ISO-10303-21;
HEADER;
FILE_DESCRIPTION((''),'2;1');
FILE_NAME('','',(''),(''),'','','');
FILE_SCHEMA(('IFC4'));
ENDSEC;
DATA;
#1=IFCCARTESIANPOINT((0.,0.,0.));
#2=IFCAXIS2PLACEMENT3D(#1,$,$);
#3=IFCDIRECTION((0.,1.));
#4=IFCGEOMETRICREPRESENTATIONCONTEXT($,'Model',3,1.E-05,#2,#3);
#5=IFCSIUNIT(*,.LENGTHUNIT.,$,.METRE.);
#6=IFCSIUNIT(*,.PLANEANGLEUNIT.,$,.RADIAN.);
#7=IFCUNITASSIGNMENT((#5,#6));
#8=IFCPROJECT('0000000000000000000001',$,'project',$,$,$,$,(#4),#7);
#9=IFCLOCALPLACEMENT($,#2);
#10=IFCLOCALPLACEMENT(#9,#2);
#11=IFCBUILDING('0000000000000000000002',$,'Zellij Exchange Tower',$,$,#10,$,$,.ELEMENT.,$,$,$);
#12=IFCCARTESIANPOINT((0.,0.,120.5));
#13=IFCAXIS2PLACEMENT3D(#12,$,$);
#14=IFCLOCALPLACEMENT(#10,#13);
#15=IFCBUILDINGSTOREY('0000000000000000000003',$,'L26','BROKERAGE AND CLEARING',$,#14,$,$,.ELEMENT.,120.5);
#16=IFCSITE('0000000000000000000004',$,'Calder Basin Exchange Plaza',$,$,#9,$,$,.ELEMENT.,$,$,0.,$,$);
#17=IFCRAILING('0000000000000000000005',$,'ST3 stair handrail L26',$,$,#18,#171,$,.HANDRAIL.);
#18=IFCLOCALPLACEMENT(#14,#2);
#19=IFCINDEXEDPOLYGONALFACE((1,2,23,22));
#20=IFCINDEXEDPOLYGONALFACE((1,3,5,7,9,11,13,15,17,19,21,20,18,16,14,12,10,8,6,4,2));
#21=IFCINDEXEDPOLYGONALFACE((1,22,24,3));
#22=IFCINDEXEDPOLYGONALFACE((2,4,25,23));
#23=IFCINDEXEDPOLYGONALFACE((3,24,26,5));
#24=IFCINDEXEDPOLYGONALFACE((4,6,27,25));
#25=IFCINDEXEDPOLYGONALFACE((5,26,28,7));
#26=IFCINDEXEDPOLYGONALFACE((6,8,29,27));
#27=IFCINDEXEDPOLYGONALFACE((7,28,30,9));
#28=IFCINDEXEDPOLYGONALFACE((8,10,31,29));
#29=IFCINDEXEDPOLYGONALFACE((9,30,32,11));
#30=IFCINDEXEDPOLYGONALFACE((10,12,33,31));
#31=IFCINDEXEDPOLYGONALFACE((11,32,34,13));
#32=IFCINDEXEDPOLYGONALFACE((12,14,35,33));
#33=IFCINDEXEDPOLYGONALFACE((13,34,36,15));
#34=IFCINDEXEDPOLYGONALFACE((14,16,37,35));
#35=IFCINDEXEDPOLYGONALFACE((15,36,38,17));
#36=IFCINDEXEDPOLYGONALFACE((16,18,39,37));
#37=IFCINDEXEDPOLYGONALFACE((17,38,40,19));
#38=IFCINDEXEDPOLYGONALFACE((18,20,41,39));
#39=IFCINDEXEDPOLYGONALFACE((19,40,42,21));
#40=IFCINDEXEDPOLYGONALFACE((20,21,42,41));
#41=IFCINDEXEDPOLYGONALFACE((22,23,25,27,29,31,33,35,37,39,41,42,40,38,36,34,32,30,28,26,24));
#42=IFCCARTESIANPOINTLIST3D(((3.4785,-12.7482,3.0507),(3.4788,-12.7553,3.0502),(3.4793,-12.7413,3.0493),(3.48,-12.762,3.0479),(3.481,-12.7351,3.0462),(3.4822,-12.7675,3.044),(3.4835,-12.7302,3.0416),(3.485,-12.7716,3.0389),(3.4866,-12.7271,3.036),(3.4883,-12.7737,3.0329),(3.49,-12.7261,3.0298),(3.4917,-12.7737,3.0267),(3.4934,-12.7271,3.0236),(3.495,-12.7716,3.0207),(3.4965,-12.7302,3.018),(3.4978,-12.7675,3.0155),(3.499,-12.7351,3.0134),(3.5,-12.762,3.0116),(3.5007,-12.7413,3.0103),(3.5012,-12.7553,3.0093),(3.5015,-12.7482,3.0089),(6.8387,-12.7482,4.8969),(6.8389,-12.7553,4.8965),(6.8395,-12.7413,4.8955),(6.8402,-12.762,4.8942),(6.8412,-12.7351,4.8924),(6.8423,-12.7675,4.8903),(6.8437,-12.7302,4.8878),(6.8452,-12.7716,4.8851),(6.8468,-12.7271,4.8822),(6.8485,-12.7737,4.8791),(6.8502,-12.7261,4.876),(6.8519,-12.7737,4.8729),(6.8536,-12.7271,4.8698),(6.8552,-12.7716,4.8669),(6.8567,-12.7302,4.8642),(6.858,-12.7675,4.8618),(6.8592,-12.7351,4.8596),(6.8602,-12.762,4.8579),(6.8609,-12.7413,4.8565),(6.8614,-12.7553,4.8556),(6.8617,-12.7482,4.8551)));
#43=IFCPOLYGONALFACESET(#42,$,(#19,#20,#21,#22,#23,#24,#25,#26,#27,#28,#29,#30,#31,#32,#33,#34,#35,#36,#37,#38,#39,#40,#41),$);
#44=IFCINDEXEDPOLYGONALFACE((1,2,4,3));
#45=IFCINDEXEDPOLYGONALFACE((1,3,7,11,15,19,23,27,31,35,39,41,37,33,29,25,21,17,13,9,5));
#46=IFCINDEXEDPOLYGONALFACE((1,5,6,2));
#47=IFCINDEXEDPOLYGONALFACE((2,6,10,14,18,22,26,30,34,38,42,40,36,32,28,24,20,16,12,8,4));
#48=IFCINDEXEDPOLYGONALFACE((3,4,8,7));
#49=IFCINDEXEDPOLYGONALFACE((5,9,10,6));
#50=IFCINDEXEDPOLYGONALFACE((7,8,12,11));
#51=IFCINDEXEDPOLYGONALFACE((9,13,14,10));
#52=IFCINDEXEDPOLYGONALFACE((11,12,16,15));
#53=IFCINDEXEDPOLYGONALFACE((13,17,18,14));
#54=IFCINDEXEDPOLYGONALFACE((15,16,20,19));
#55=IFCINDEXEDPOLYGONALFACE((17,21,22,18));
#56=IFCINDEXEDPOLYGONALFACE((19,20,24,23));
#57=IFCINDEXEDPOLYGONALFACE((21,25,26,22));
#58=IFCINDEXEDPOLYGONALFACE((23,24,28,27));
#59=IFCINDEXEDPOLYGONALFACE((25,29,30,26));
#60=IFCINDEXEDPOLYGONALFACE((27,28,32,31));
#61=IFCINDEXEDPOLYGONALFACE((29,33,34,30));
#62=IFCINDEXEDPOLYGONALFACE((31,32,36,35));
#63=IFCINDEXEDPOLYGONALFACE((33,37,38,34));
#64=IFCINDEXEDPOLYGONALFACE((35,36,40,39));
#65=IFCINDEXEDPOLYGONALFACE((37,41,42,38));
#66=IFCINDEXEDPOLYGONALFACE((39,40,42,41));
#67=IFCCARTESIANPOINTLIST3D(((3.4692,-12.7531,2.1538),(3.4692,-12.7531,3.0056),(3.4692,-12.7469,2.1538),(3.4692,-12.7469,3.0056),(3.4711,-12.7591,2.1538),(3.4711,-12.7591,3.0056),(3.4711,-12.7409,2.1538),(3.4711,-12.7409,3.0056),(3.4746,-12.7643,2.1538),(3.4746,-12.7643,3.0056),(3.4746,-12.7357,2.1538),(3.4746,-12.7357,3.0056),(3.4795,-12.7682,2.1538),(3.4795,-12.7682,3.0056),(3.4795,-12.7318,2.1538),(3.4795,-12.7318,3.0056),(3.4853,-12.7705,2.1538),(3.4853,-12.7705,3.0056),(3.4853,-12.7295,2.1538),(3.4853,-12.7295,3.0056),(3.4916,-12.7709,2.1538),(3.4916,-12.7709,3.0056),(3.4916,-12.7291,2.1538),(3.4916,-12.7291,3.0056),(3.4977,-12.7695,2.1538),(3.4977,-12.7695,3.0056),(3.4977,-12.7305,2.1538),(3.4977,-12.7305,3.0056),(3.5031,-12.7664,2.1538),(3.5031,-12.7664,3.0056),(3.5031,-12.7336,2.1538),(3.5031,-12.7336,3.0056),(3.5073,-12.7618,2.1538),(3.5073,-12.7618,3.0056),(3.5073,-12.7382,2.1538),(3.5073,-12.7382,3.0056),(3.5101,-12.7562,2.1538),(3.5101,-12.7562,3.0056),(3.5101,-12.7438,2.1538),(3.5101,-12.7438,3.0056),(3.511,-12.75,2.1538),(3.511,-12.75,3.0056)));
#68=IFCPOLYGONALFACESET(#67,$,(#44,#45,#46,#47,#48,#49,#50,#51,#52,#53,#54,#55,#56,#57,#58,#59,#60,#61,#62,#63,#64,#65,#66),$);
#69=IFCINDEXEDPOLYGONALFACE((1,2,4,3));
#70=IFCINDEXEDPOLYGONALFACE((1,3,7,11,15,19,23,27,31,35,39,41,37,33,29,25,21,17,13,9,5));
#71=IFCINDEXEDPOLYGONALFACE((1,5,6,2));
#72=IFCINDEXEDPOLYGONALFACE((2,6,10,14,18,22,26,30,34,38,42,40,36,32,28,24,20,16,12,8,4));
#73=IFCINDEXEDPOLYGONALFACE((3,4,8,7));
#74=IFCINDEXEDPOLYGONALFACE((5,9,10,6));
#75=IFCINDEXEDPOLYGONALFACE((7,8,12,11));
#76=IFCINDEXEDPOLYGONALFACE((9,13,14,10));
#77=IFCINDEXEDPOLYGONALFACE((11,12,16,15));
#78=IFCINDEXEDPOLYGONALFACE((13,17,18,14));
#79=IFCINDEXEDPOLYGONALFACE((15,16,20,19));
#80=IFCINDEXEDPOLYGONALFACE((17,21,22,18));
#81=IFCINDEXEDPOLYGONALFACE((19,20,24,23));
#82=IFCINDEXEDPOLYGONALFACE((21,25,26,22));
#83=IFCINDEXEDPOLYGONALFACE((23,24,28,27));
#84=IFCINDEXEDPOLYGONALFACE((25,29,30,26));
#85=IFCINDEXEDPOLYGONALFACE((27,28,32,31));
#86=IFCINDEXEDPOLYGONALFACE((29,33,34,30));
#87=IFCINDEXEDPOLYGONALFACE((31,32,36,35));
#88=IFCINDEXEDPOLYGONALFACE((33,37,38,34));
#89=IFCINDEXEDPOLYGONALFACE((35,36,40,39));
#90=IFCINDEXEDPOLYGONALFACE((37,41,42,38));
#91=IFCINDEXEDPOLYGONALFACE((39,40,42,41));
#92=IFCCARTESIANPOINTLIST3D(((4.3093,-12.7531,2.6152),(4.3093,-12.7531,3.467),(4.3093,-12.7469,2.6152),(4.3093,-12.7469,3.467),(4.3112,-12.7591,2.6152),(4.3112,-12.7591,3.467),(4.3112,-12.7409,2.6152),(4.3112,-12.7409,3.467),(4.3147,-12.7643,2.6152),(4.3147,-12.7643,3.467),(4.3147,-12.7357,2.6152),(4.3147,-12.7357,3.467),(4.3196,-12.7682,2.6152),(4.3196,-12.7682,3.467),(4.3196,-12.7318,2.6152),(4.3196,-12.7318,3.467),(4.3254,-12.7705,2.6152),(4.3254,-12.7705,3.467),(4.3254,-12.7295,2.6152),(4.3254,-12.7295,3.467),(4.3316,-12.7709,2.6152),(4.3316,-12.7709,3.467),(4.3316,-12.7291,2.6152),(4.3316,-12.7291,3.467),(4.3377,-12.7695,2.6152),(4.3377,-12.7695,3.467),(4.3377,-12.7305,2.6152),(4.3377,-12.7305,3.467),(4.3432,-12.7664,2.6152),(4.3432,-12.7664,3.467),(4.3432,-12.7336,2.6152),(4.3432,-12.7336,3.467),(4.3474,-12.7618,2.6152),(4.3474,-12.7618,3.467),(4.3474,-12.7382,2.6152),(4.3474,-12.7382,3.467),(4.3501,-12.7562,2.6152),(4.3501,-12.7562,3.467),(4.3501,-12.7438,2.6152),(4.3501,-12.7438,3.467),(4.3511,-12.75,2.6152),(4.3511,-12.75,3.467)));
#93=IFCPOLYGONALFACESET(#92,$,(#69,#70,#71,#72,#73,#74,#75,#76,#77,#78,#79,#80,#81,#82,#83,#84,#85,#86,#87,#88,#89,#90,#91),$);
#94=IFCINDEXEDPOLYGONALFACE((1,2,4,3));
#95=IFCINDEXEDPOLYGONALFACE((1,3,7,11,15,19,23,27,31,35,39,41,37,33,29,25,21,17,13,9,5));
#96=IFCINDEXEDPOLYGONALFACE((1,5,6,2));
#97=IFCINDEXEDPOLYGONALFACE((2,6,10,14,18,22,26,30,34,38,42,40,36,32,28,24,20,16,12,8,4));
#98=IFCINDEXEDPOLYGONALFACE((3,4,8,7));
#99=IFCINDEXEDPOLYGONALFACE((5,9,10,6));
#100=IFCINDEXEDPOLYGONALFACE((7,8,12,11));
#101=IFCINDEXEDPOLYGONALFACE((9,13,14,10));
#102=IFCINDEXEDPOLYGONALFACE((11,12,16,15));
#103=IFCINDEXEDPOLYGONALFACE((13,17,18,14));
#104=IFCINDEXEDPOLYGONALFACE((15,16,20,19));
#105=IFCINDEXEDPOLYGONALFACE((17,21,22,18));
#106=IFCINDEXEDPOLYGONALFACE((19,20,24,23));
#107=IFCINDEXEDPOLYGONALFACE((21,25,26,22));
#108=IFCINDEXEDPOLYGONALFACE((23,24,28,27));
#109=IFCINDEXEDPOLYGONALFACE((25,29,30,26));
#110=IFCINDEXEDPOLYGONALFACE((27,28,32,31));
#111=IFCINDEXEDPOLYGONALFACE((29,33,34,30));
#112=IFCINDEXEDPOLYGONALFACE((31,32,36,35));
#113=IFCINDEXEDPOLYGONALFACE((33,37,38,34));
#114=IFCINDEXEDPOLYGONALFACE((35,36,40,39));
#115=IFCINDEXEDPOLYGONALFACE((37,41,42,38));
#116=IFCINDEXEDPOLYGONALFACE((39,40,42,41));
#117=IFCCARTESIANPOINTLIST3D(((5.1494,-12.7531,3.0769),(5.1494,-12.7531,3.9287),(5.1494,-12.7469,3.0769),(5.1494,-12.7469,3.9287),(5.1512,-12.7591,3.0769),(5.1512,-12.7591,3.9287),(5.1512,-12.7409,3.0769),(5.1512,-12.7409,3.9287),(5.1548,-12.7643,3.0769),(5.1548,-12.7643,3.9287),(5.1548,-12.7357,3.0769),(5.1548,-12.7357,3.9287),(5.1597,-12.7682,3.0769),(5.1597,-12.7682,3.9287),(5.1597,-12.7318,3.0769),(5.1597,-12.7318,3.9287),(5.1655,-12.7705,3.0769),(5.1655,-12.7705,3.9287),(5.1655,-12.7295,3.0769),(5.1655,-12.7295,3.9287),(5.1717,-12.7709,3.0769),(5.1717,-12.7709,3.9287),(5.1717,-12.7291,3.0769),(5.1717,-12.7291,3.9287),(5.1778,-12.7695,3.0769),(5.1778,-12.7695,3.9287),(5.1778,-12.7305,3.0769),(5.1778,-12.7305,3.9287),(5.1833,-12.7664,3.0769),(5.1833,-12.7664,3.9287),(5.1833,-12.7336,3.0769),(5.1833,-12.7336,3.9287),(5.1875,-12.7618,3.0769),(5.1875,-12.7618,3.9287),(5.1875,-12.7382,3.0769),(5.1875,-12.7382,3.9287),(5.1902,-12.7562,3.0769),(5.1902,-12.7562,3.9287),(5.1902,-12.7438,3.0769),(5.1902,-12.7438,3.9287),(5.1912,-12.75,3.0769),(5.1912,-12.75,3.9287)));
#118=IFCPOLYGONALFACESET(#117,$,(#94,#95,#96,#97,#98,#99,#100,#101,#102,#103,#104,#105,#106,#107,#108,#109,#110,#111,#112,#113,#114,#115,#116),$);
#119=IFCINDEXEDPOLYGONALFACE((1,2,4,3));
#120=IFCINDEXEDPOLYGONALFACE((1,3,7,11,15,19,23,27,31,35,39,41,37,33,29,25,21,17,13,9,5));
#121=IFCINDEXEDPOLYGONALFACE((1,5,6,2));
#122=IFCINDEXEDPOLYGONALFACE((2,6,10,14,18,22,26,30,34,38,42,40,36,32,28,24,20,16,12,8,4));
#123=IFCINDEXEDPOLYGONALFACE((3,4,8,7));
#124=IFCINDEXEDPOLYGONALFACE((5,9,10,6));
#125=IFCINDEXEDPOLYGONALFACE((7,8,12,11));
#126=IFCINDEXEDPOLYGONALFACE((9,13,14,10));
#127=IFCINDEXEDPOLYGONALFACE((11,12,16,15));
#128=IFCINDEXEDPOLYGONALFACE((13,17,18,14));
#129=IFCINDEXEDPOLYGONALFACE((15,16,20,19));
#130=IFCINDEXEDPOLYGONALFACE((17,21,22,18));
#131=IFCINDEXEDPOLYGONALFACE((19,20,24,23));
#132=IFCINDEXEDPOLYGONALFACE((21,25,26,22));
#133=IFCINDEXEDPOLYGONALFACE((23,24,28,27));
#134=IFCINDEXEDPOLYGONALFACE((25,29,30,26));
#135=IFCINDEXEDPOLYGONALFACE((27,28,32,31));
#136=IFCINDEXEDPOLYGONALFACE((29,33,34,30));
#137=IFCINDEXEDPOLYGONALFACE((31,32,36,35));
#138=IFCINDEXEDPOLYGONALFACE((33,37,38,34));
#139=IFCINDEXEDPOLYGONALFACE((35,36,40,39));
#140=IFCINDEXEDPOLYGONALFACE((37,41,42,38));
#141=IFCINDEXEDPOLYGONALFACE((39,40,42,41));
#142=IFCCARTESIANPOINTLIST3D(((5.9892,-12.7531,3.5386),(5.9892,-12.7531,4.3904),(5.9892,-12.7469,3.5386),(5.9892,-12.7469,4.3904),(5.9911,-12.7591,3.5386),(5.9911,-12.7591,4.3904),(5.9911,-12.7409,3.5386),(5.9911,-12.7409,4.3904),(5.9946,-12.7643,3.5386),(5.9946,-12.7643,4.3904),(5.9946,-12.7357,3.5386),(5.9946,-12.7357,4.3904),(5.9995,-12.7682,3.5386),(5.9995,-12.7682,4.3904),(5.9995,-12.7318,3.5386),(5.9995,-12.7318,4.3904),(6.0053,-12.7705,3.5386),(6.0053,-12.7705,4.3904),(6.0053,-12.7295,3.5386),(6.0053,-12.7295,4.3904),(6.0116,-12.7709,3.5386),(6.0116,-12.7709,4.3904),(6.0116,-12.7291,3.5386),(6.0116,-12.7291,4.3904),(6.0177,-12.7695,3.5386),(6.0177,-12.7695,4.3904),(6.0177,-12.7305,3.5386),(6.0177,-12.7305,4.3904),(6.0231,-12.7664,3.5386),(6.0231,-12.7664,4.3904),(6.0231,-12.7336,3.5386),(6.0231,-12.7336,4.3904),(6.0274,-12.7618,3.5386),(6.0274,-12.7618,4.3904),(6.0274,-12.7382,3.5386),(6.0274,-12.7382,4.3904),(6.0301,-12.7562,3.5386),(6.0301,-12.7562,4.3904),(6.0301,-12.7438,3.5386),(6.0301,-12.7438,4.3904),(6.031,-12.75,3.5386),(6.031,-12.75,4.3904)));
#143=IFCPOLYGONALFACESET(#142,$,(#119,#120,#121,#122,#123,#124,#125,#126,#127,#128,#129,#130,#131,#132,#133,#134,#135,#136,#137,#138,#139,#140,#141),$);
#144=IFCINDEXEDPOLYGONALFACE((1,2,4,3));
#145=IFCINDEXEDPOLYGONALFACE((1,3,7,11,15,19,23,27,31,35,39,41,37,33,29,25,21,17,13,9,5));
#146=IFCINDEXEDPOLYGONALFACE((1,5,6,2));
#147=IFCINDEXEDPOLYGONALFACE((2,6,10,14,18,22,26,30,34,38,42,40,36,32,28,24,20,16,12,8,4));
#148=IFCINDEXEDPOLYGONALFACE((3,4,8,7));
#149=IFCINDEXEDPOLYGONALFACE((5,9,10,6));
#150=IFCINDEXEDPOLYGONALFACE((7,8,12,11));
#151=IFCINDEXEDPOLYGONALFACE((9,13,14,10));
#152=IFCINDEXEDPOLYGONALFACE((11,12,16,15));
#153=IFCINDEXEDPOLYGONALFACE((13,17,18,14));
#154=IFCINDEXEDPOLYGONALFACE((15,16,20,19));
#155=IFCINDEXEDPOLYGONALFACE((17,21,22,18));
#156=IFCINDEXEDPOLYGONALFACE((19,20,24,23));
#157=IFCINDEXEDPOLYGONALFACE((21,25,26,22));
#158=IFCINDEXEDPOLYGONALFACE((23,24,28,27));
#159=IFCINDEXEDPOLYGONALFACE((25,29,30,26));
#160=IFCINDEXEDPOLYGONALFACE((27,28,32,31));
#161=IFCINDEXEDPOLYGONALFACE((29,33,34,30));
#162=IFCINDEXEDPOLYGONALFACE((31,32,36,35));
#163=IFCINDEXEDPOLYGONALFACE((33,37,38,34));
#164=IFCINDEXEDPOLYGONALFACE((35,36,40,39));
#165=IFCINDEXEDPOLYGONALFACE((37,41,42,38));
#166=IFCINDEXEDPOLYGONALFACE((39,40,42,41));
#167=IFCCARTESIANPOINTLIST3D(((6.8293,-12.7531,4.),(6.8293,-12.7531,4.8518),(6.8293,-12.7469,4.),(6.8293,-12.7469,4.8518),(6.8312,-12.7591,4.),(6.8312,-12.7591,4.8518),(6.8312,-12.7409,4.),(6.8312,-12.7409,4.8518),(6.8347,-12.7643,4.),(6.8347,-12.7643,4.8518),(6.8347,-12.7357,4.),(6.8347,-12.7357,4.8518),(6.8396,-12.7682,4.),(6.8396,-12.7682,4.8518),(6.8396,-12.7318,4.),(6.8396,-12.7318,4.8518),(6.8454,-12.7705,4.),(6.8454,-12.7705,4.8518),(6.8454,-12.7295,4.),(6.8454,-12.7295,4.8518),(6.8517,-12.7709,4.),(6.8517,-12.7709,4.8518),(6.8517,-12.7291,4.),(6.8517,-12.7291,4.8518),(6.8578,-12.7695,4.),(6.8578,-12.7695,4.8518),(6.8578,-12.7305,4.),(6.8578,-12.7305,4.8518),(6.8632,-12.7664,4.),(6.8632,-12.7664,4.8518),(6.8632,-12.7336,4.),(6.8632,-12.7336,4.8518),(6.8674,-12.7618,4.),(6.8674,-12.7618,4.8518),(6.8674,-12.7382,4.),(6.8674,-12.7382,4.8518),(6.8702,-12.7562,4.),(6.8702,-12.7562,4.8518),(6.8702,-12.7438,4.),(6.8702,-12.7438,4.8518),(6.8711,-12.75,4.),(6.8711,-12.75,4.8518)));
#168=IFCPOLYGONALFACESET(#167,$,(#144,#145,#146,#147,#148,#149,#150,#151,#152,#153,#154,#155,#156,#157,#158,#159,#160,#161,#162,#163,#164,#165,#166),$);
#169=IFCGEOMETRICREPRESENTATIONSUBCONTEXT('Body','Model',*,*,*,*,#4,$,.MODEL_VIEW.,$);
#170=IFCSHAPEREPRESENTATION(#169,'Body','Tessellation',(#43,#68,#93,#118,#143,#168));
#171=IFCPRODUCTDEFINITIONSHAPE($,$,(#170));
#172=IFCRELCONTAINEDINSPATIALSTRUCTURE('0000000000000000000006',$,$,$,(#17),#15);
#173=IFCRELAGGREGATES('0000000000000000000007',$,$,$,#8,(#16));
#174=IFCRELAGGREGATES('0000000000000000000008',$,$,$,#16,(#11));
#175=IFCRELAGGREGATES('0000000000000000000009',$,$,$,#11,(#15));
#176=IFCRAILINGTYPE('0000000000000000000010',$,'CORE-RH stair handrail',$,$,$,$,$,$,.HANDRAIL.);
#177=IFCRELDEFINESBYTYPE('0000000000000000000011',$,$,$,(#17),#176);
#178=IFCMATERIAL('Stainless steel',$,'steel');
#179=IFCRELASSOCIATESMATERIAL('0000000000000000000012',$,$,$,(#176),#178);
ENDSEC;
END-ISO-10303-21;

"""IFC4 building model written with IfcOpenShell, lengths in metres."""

from ifc_helpers import new_model, si_unit, direction, frame, origin, origin_2d, place, context, subcontext, project, spatial, circle, extrude, material, type_object, element, save


model = new_model("IFC4")

# Units and contexts
model_context = context("Model", 3, precision=1e-05, world=origin(), true_north=direction((0.0, 1.0)))
body_context = subcontext(model_context, "Body", "Model", "MODEL_VIEW")
ifc_project = project(units=[si_unit("LENGTHUNIT", "METRE"), si_unit("PLANEANGLEUNIT", "RADIAN")], contexts=[model_context])

# Site, building, storey
site_placement = place(None, origin())
site = spatial("IfcSite", under=ifc_project, at=site_placement, Name="Calder Basin Exchange Plaza", CompositionType="ELEMENT", RefElevation=0.0)
building_placement = place(site_placement, origin())
building = spatial("IfcBuilding", under=site, at=building_placement, Name="Zellij Exchange Tower", CompositionType="ELEMENT")
storey_placement = place(building_placement, frame((0.0, 0.0, 120.5)))
storey = spatial("IfcBuildingStorey", under=building, at=storey_placement, Name="L26", Description="BROKERAGE AND CLEARING", CompositionType="ELEMENT", Elevation=120.5)

# Railing
ifc_material_1 = material(Name="Stainless steel", Category="steel")
railing_type = type_object("IfcRailingType", Name="CORE-RH stair handrail", PredefinedType="HANDRAIL", material=ifc_material_1)
for number, where, name in (
    (1, (3.49, -12.75, 2.1538), "ST3 stair handrail L26"),
):
    element("IfcRailing", number, at=place(storey_placement, frame(where)), inside=storey, type_object=railing_type, Name=name, PredefinedType="HANDRAIL", context=body_context, shape_type="SweptSolid", body=[
        extrude(circle(Radius=0.0239, at=origin_2d()), frame((0.0, 0.0, 0.876), z_axis=(0.876422, 0.0, 0.481545), x_axis=(0.0, 1.0, 0.0)), (0.0, 0.0, 1.0), 3.834),
        extrude(circle(Radius=0.021, at=origin_2d()), origin(), (0.0, 0.0, 1.0), 0.8518),
        extrude(circle(Radius=0.021, at=origin_2d()), frame((0.8401, 0.0, 0.4614)), (0.0, 0.0, 1.0), 0.8518),
        extrude(circle(Radius=0.021, at=origin_2d()), frame((1.6802, 0.0, 0.9231)), (0.0, 0.0, 1.0), 0.8518),
        extrude(circle(Radius=0.021, at=origin_2d()), frame((2.52, 0.0, 1.3848)), (0.0, 0.0, 1.0), 0.8518),
        extrude(circle(Radius=0.021, at=origin_2d()), frame((3.3601, 0.0, 1.8462)), (0.0, 0.0, 1.0), 0.8518),
    ])

save(model, "model.ifc")
